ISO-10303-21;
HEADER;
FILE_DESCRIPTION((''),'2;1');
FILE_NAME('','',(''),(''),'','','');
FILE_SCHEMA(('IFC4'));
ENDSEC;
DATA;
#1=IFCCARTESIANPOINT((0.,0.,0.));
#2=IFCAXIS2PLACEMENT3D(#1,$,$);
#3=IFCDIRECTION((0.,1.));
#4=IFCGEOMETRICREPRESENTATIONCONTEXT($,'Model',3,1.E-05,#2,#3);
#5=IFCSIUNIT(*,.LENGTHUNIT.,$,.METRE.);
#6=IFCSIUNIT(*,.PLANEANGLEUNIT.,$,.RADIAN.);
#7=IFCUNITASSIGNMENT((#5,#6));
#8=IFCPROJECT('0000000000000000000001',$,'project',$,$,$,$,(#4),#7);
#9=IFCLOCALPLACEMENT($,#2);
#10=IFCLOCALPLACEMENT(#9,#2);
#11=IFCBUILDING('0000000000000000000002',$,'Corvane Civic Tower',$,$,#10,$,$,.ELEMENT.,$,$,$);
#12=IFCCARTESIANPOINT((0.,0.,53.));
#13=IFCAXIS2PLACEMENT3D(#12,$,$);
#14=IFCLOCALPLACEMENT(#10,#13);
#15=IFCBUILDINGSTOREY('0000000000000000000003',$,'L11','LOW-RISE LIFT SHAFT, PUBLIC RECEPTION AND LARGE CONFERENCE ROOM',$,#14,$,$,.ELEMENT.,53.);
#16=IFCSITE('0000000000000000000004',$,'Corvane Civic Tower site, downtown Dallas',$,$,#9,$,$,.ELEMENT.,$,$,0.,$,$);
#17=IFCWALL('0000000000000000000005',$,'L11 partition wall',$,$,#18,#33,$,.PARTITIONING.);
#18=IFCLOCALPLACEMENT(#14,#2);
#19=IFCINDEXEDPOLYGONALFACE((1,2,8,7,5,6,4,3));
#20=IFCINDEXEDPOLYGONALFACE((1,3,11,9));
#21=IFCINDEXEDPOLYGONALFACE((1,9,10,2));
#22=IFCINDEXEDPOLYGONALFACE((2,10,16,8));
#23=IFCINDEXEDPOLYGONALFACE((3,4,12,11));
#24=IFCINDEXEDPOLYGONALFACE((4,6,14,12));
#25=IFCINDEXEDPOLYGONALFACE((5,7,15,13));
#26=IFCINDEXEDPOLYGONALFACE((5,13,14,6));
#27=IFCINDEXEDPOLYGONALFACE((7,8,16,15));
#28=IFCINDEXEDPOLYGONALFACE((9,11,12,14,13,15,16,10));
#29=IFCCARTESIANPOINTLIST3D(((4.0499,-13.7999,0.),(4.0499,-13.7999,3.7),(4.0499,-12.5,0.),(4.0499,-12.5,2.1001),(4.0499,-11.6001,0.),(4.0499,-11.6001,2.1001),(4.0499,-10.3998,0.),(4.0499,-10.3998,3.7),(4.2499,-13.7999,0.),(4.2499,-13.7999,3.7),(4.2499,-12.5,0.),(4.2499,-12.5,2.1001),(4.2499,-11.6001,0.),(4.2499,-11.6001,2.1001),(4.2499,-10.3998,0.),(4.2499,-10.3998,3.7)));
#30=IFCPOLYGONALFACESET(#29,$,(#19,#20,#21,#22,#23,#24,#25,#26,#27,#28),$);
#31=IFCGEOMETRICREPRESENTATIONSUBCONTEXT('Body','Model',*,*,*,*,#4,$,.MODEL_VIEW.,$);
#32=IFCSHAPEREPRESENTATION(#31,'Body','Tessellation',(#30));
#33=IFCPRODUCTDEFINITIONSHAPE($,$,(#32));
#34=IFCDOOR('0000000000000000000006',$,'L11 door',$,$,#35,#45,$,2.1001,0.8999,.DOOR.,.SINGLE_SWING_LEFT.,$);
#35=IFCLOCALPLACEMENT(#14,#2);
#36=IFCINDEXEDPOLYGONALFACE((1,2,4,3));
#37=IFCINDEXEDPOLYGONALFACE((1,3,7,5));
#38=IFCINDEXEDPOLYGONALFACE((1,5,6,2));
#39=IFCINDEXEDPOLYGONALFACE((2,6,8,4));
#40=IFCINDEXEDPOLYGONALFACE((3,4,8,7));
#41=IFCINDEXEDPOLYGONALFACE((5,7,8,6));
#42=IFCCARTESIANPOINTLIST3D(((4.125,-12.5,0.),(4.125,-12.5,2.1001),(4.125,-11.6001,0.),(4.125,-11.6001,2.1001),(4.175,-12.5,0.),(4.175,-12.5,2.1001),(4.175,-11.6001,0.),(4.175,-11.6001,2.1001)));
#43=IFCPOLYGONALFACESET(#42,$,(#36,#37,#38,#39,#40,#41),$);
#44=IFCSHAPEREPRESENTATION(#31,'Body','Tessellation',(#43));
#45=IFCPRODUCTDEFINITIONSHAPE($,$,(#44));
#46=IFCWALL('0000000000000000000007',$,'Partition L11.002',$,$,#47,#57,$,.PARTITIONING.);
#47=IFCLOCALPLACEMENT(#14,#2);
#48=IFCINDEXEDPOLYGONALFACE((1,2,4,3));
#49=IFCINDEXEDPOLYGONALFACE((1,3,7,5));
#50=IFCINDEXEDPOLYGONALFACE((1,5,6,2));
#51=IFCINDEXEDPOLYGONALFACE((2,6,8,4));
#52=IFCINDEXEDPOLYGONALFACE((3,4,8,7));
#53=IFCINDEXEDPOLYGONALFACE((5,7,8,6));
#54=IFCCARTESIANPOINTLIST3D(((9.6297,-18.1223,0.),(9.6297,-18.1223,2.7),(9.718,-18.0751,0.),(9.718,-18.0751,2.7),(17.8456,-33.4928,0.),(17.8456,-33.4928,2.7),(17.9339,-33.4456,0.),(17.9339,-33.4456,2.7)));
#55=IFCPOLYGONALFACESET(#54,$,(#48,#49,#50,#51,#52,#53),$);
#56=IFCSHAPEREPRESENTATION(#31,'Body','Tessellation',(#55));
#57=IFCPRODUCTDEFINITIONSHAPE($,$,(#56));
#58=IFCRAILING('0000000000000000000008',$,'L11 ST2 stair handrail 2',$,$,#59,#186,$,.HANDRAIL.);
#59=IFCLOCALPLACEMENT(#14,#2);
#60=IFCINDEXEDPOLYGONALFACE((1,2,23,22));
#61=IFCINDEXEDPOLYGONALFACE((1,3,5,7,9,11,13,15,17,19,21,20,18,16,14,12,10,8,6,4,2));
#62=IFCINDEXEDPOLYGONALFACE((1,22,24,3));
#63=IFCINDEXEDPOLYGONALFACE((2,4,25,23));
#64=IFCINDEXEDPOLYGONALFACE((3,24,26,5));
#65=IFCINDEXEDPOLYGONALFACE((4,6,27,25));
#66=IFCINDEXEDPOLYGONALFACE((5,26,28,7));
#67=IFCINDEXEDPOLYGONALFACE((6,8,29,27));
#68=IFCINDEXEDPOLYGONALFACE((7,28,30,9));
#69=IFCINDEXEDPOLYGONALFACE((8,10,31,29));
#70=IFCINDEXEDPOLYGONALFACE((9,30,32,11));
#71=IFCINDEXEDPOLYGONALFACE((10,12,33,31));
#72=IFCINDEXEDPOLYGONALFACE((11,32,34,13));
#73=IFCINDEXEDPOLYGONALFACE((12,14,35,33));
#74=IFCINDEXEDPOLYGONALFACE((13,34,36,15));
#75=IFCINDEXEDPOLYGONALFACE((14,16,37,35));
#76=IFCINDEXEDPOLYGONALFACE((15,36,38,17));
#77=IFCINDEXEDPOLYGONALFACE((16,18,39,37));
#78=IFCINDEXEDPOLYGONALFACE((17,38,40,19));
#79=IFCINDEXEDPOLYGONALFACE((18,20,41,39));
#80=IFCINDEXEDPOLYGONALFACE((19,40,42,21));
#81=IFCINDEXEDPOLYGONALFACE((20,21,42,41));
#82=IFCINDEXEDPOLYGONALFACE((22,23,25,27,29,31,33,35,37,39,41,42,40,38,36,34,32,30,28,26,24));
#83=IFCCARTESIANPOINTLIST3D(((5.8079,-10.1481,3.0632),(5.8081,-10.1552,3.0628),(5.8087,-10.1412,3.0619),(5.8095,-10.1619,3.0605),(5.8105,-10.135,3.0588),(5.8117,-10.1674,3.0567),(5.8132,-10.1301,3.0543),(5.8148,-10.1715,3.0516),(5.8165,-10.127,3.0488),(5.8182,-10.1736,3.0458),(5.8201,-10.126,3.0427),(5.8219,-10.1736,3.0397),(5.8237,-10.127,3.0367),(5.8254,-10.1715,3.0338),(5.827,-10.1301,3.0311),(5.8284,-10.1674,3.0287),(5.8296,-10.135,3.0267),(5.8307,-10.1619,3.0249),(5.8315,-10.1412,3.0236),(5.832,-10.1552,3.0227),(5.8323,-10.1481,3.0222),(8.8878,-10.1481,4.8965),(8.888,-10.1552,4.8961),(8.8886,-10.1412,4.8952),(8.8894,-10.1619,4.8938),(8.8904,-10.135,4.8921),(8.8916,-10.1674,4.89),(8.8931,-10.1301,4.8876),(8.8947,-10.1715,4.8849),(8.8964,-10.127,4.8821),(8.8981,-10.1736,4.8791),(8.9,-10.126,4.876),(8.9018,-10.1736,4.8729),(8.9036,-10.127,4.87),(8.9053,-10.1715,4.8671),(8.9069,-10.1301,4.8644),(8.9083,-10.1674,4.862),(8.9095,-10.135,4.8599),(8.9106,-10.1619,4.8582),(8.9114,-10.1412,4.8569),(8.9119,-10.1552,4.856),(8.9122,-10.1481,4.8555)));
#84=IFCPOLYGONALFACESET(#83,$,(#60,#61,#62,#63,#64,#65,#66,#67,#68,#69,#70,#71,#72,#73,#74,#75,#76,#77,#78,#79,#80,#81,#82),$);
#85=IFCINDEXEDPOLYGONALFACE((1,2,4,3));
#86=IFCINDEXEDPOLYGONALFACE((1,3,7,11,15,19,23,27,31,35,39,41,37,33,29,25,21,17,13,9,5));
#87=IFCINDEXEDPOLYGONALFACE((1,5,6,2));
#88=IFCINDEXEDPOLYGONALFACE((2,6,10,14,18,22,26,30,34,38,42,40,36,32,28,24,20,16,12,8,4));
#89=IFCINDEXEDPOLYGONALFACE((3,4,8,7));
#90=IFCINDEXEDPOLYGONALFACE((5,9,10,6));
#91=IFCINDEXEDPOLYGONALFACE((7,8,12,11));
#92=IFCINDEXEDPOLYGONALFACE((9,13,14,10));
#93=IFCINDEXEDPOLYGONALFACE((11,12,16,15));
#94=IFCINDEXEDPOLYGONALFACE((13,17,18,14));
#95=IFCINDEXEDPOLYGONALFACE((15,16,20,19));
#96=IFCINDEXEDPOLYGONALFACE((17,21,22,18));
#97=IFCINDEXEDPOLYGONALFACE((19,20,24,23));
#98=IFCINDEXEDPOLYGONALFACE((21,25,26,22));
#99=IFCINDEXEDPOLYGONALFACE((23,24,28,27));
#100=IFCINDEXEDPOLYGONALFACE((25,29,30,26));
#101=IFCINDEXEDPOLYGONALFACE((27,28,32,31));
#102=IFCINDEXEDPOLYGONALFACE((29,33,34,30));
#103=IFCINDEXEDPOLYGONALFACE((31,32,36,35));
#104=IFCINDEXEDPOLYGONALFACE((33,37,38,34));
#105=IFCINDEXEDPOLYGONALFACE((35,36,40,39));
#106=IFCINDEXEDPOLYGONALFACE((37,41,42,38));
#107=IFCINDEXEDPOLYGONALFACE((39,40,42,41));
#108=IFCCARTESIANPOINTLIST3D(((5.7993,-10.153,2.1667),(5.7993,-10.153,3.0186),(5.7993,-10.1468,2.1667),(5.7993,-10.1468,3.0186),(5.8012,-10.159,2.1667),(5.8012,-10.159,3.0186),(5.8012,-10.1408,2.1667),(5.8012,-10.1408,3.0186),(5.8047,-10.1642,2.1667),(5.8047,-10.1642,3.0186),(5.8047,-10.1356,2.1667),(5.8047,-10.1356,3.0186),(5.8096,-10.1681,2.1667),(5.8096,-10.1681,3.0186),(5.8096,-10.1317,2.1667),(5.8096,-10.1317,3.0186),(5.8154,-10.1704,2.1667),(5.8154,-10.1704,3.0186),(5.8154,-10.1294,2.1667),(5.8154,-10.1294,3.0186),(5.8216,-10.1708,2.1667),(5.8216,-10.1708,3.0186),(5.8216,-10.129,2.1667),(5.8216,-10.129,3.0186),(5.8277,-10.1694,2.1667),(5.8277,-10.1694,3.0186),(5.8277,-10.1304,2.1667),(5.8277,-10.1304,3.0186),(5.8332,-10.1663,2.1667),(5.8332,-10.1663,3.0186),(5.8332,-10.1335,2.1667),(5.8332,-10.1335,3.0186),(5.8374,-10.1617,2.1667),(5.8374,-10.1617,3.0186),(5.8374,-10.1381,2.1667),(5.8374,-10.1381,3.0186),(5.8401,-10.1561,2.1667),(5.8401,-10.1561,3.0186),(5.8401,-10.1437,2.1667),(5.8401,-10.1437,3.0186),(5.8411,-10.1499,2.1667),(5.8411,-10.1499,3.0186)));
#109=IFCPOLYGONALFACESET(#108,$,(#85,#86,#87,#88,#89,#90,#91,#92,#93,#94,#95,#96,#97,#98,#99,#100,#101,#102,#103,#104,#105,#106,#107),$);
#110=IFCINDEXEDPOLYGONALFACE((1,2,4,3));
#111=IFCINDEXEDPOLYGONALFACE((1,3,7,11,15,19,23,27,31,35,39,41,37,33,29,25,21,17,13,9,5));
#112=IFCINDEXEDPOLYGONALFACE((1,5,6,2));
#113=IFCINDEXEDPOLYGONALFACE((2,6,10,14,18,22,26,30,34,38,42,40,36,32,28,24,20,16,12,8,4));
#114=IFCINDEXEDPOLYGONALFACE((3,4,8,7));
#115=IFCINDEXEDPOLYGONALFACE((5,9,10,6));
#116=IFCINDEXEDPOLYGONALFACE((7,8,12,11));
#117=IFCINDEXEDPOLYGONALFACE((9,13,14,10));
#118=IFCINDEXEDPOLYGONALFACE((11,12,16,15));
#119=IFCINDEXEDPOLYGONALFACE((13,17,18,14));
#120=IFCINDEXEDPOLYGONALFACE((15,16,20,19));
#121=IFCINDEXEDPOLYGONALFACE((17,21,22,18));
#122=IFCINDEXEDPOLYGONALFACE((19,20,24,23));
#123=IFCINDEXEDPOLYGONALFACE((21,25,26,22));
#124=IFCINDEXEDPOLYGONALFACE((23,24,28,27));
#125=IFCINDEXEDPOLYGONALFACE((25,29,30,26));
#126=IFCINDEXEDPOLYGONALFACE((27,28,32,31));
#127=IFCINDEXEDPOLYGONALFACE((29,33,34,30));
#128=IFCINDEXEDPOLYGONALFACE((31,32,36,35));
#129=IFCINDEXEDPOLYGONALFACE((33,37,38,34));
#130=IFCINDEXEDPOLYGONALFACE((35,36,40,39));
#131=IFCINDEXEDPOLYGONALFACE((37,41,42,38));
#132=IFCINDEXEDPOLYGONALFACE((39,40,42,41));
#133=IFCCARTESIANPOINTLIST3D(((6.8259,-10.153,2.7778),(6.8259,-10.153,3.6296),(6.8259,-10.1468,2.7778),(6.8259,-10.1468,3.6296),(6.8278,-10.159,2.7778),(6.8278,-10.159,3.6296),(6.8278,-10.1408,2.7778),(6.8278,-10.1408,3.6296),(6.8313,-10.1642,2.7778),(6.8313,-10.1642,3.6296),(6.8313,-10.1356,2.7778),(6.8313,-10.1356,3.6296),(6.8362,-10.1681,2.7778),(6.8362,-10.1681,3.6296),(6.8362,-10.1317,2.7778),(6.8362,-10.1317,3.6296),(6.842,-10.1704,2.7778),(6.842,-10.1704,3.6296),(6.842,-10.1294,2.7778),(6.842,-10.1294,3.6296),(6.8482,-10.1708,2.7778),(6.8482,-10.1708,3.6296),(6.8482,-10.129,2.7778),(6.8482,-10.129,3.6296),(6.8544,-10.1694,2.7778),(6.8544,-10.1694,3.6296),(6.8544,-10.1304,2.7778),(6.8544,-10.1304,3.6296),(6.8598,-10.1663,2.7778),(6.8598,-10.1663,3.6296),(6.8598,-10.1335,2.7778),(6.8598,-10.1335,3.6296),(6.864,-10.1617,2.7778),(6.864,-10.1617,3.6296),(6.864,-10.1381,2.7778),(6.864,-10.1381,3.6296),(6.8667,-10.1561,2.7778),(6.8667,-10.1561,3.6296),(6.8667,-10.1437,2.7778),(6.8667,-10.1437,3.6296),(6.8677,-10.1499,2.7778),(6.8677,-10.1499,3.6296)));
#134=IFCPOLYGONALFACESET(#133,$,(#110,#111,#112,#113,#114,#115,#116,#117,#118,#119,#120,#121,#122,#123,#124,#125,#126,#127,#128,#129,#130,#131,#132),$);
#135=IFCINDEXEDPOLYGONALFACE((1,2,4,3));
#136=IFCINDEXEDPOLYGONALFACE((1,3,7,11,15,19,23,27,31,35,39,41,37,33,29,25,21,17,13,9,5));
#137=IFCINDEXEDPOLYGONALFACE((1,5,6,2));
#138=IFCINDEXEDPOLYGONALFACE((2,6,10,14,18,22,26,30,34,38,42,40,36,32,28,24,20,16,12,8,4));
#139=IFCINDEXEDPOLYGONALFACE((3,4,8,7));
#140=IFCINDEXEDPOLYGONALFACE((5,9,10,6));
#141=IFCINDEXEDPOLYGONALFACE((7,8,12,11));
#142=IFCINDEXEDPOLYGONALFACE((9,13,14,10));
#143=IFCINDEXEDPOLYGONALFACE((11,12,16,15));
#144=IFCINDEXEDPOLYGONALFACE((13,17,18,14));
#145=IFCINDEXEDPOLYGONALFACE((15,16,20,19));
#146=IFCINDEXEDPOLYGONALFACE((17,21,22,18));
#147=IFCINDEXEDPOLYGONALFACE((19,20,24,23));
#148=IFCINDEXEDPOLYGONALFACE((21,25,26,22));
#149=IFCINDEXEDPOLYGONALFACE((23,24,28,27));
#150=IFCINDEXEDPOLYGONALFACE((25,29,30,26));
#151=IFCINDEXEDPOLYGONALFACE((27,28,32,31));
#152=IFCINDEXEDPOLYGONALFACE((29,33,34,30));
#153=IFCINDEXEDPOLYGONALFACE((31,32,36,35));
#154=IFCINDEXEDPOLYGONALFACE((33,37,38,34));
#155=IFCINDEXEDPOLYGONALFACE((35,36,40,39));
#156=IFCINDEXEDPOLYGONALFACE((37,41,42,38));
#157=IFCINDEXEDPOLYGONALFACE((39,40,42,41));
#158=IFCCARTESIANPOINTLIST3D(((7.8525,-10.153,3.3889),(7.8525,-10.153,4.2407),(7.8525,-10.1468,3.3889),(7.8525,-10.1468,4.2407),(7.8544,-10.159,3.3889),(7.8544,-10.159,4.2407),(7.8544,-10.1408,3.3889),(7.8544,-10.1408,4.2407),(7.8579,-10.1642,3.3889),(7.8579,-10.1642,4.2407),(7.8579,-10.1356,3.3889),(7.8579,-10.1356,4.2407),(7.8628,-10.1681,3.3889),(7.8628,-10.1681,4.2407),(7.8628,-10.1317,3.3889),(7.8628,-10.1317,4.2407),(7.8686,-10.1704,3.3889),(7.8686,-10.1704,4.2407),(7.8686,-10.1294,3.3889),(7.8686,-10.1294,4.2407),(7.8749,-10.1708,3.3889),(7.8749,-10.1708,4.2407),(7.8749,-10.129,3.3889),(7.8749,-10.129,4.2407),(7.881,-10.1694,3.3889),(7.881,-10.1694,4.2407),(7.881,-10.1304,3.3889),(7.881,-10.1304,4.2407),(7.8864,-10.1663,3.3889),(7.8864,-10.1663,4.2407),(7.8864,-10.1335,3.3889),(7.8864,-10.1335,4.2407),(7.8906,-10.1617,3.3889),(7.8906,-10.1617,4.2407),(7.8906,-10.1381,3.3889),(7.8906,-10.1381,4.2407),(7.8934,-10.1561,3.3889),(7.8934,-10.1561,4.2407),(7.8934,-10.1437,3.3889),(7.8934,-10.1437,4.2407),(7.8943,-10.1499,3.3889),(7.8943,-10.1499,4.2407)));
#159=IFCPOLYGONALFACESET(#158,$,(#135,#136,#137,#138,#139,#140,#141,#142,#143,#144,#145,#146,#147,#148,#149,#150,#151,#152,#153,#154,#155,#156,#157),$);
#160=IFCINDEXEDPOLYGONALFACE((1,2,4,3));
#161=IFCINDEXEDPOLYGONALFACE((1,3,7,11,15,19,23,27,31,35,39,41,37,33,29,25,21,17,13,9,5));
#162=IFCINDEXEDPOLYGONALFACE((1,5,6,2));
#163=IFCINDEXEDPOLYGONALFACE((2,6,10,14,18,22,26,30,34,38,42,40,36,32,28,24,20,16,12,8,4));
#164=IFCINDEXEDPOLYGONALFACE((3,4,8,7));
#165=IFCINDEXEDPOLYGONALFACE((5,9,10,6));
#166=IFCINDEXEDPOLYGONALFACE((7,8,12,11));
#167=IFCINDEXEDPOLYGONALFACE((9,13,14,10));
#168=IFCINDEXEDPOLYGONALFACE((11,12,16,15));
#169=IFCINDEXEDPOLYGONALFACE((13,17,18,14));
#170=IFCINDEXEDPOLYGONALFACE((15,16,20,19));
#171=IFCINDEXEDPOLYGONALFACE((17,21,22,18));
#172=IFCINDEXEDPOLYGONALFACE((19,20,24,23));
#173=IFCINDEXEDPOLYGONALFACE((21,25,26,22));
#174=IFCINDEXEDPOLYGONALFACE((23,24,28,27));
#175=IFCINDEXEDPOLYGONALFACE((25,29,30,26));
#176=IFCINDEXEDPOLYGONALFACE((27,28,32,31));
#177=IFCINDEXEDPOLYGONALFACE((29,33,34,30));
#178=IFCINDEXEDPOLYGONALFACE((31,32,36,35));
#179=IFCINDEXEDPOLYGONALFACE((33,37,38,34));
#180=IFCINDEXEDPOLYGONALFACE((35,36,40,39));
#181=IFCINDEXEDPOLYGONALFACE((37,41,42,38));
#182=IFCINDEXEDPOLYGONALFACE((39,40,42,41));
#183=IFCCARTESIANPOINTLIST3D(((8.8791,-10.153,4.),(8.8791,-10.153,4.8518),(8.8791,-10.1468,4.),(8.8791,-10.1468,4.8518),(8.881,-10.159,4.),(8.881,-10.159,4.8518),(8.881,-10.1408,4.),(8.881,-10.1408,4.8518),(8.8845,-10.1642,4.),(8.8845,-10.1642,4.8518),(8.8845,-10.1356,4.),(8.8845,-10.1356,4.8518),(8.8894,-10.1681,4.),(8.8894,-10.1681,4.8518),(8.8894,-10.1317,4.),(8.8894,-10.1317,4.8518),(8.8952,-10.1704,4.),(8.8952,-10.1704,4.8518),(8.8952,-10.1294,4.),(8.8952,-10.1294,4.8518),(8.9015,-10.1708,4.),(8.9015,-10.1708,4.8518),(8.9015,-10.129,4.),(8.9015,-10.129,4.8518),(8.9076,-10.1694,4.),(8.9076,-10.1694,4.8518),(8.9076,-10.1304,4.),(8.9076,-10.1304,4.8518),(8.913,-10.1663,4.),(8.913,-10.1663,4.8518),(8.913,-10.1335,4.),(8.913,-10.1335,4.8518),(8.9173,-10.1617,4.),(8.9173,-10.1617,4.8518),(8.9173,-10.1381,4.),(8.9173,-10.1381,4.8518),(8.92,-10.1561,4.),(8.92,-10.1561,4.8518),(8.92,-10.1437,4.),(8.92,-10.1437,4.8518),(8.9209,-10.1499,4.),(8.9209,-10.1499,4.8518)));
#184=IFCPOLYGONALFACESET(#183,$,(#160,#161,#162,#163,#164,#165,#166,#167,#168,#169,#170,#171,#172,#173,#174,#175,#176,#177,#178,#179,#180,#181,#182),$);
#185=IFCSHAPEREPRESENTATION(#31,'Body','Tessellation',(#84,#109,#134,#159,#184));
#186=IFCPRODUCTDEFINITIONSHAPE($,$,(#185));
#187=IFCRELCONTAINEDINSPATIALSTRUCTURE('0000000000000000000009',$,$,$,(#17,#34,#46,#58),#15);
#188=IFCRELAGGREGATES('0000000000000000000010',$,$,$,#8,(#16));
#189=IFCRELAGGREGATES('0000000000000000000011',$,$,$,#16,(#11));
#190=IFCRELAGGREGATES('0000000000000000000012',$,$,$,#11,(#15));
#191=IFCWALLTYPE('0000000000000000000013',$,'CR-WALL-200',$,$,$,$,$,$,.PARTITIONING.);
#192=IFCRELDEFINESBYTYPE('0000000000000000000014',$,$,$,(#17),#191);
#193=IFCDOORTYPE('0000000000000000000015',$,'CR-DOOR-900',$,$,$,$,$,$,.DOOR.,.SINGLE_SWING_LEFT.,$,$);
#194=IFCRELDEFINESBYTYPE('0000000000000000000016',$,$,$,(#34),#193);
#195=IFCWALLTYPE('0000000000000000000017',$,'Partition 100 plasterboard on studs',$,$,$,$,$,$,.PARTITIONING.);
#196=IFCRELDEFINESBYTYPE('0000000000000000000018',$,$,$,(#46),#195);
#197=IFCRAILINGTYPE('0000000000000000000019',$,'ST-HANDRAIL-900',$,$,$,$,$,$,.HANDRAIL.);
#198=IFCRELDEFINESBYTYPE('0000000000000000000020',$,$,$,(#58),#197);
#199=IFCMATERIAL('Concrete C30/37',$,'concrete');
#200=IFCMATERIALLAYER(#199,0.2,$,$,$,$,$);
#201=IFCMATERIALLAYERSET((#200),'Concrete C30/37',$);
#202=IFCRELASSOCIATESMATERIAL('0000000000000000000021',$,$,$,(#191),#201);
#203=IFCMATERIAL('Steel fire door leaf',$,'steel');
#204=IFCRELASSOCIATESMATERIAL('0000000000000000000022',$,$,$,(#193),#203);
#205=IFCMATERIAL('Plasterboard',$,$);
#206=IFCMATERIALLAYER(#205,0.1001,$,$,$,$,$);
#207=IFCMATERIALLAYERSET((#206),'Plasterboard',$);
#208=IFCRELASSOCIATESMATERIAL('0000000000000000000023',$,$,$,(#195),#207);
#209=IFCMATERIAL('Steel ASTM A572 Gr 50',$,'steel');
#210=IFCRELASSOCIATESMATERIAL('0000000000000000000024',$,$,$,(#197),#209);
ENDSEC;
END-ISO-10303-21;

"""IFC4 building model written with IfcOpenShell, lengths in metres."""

from ifc_helpers import new_model, si_unit, direction, frame, frame_2d, origin, origin_2d, place, context, subcontext, project, spatial, rectangle, circle, extrude, material, layer, layer_set, type_object, element, fill, save


model = new_model("IFC4")

# Units and contexts
model_context = context("Model", 3, precision=1e-05, world=origin(), true_north=direction((0.0, 1.0)))
body_context = subcontext(model_context, "Body", "Model", "MODEL_VIEW")
ifc_project = project(units=[si_unit("LENGTHUNIT", "METRE"), si_unit("PLANEANGLEUNIT", "RADIAN")], contexts=[model_context])

# Site, building, storey
site_placement = place(None, origin())
site = spatial("IfcSite", under=ifc_project, at=site_placement, Name="Corvane Civic Tower site, downtown Dallas", CompositionType="ELEMENT", RefElevation=0.0)
building_placement = place(site_placement, origin())
building = spatial("IfcBuilding", under=site, at=building_placement, Name="Corvane Civic Tower", CompositionType="ELEMENT")
storey_placement = place(building_placement, frame((0.0, 0.0, 53.0)))
storey = spatial("IfcBuildingStorey", under=building, at=storey_placement, Name="L11", Description="LOW-RISE LIFT SHAFT, PUBLIC RECEPTION AND LARGE CONFERENCE ROOM", CompositionType="ELEMENT", Elevation=53.0)

# Wall, opening, door
ifc_material_1 = material(Name="Concrete C30/37", Category="concrete")
ifc_layer_1 = layer(ifc_material_1, 0.2)
ifc_layer_set_1 = layer_set([ifc_layer_1], Name="Concrete C30/37")
wall_type_1 = type_object("IfcWallType", Name="CR-WALL-200", PredefinedType="PARTITIONING", material=ifc_layer_set_1)
wall_1_placement = place(storey_placement, frame((4.1499, -13.8, 0.0), z_axis=(0.0, 0.0, 1.0), x_axis=(0.0, 1.0, 0.0)))
wall_1 = element("IfcWall", 1, at=wall_1_placement, inside=storey, type_object=wall_type_1, Name="L11 partition wall", PredefinedType="PARTITIONING", context=body_context, shape_type="SweptSolid", body=[
    extrude(rectangle(XDim=3.4001, YDim=0.2, at=frame_2d((1.7002, 0.0))), origin(), (0.0, 0.0, 1.0), 3.7),
])
opening_1_placement = place(wall_1_placement, frame((1.3, 0.0, 0.0)))
opening_1 = element("IfcOpeningElement", 2, at=opening_1_placement, cuts=wall_1, PredefinedType="OPENING", context=body_context, shape_type="SweptSolid", body=[
    extrude(rectangle(XDim=0.8999, YDim=2.1001, at=frame_2d((0.45, 1.05))), frame((0.0, 0.1099, 0.0), z_axis=(0.0, -1.0, 0.0), x_axis=(1.0, 0.0, 0.0)), (0.0, 0.0, 1.0), 0.22),
])
ifc_material_2 = material(Name="Steel fire door leaf", Category="steel")
door_type_1 = type_object("IfcDoorType", Name="CR-DOOR-900", OperationType="SINGLE_SWING_LEFT", PredefinedType="DOOR", material=ifc_material_2)
door_1_placement = place(opening_1_placement, origin())
door_1 = element("IfcDoor", 3, at=door_1_placement, inside=storey, type_object=door_type_1, Name="L11 door", OperationType="SINGLE_SWING_LEFT", OverallHeight=2.1001, OverallWidth=0.8999, PredefinedType="DOOR", context=body_context, shape_type="SweptSolid", body=[
    extrude(rectangle(XDim=0.8999, YDim=2.1001, at=frame_2d((0.45, 1.05))), frame((0.0, 0.0249, 0.0), z_axis=(0.0, -1.0, 0.0), x_axis=(1.0, 0.0, 0.0)), (0.0, 0.0, 1.0), 0.05),
])
fill(opening_1, door_1)

# Wall
ifc_material_3 = material(Name="Plasterboard")
ifc_layer_2 = layer(ifc_material_3, 0.1001)
ifc_layer_set_2 = layer_set([ifc_layer_2], Name="Plasterboard")
wall_type_2 = type_object("IfcWallType", Name="Partition 100 plasterboard on studs", PredefinedType="PARTITIONING", material=ifc_layer_set_2)
wall_2_placement = place(storey_placement, frame((9.6738, -18.0986, 0.0), z_axis=(0.0, 0.0, 1.0), x_axis=(0.471405, -0.881917, 0.0)))
element("IfcWall", 4, at=wall_2_placement, inside=storey, type_object=wall_type_2, Name="Partition L11.002", PredefinedType="PARTITIONING", context=body_context, shape_type="SweptSolid", body=[
    extrude(rectangle(XDim=17.4285, YDim=0.1001, at=frame_2d((8.7144, 0.0))), origin(), (0.0, 0.0, 1.0), 2.7),
])

# Railing
ifc_material_4 = material(Name="Steel ASTM A572 Gr 50", Category="steel")
railing_type = type_object("IfcRailingType", Name="ST-HANDRAIL-900", PredefinedType="HANDRAIL", material=ifc_material_4)
railing_placement = place(storey_placement, frame((5.8201, -10.1499, 2.1667)))
element("IfcRailing", 5, at=railing_placement, inside=storey, type_object=railing_type, Name="L11 ST2 stair handrail 2", PredefinedType="HANDRAIL", context=body_context, shape_type="SweptSolid", body=[
    extrude(circle(Radius=0.0239, at=origin_2d()), frame((0.0, 0.0, 0.876), z_axis=(0.859291, 0.0, 0.511487), x_axis=(0.0, 1.0, 0.0)), (0.0, 0.0, 1.0), 3.5842),
    extrude(circle(Radius=0.021, at=origin_2d()), origin(), (0.0, 0.0, 1.0), 0.8518),
    extrude(circle(Radius=0.021, at=origin_2d()), frame((1.0266, 0.0, 0.6111)), (0.0, 0.0, 1.0), 0.8518),
    extrude(circle(Radius=0.021, at=origin_2d()), frame((2.0532, 0.0, 1.2222)), (0.0, 0.0, 1.0), 0.8518),
    extrude(circle(Radius=0.021, at=origin_2d()), frame((3.0798, 0.0, 1.8333)), (0.0, 0.0, 1.0), 0.8518),
])

save(model, "model.ifc")
